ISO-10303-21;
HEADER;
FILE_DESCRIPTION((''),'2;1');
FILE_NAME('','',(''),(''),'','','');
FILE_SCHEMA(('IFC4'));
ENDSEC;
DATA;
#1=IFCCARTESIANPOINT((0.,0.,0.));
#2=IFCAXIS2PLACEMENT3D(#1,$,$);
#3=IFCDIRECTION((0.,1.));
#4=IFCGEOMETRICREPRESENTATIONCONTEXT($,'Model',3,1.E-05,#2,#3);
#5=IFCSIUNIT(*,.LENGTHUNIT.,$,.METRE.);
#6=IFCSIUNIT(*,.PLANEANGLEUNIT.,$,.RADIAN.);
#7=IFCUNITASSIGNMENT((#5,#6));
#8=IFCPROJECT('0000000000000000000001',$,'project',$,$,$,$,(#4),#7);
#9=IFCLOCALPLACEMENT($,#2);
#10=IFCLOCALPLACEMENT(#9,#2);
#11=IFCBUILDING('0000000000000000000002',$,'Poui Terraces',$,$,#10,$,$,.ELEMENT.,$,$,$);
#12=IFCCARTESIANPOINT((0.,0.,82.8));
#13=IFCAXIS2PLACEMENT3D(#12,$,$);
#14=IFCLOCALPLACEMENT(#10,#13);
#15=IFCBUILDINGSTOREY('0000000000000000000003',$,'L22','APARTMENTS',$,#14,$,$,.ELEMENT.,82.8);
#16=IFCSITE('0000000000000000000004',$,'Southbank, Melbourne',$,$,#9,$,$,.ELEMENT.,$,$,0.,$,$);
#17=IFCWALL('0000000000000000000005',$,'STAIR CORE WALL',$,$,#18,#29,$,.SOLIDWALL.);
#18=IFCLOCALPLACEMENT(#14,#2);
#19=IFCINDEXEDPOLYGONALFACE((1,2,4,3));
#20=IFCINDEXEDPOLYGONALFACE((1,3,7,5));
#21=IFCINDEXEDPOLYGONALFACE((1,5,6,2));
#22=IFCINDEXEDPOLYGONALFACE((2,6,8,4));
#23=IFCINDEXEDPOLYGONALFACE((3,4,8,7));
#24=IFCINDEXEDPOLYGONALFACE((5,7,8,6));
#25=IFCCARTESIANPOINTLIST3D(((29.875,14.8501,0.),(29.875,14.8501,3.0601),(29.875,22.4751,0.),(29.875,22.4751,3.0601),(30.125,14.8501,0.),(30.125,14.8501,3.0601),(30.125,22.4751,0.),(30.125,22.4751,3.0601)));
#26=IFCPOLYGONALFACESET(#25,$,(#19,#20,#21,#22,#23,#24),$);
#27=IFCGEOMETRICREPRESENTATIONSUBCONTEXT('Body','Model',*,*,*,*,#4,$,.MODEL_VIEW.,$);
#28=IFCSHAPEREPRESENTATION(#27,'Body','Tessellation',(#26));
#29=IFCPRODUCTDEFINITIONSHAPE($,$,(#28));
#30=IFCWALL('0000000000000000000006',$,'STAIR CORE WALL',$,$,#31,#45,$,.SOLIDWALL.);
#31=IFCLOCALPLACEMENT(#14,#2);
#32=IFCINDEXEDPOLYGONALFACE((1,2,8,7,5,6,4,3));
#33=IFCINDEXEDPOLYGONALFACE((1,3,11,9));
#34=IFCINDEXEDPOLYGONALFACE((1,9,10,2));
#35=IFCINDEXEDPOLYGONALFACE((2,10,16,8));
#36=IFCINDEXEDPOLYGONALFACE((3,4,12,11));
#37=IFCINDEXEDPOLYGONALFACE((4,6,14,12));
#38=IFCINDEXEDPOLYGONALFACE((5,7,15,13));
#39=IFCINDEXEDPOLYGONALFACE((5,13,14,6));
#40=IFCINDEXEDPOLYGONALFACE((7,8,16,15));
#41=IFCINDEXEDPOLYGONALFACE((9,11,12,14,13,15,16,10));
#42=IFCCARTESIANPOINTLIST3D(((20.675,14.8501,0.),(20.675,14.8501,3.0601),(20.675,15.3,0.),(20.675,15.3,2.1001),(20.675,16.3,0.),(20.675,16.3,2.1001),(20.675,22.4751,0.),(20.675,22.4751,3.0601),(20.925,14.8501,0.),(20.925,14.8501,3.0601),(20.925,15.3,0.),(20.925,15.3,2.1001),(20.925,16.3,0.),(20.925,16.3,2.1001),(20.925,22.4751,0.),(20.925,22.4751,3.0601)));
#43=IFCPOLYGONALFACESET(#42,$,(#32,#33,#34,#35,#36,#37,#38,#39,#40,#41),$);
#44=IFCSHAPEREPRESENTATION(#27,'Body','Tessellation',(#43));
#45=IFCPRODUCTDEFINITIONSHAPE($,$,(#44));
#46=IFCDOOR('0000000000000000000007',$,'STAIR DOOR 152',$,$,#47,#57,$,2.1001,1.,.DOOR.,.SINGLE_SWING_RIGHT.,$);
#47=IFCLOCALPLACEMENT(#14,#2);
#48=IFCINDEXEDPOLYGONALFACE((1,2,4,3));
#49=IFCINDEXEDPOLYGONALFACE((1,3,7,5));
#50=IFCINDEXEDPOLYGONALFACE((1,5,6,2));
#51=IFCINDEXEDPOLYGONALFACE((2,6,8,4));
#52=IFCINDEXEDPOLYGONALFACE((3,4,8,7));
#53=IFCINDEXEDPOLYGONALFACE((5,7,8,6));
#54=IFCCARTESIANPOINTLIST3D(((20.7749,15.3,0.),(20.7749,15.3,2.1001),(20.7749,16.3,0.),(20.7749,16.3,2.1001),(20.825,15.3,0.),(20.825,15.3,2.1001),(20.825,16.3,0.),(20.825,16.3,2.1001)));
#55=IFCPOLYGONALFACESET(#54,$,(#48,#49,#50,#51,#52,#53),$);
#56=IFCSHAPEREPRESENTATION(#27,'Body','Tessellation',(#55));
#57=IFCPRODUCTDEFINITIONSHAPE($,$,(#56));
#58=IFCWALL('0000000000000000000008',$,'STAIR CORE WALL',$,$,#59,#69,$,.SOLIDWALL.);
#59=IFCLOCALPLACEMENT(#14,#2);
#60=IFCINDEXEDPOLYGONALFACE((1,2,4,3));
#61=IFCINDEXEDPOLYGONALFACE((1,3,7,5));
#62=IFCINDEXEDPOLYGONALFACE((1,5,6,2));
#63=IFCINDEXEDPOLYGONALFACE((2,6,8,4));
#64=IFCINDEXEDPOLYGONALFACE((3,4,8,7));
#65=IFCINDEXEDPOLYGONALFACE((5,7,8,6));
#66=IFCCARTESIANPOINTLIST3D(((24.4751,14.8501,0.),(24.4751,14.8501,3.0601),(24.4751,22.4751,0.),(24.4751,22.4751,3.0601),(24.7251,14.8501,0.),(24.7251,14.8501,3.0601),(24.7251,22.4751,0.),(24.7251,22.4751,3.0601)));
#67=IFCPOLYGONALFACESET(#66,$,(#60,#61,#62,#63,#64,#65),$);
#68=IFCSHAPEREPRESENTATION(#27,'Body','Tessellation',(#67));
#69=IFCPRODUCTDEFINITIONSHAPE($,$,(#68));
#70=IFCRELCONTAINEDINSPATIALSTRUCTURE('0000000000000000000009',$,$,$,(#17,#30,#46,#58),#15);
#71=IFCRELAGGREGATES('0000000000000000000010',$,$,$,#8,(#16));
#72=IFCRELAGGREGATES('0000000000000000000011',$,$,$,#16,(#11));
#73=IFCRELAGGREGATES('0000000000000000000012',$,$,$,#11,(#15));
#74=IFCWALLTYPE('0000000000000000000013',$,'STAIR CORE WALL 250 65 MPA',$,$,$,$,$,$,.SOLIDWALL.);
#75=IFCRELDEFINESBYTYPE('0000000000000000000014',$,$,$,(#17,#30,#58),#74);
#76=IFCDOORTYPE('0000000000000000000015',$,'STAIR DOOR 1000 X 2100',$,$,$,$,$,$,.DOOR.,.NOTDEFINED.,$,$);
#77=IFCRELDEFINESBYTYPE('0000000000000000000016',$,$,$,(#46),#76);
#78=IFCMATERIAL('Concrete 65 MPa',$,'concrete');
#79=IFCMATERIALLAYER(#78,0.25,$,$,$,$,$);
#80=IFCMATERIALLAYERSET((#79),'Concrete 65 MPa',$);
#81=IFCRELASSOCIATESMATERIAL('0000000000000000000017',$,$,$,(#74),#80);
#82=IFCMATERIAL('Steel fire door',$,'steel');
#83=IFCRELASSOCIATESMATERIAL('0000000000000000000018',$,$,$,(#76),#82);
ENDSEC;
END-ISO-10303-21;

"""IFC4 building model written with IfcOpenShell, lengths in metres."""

from ifc_helpers import new_model, si_unit, direction, frame, frame_2d, origin, place, context, subcontext, project, spatial, rectangle, extrude, material, layer, layer_set, type_object, element, fill, save


model = new_model("IFC4")

# Units and contexts
model_context = context("Model", 3, precision=1e-05, world=origin(), true_north=direction((0.0, 1.0)))
body_context = subcontext(model_context, "Body", "Model", "MODEL_VIEW")
ifc_project = project(units=[si_unit("LENGTHUNIT", "METRE"), si_unit("PLANEANGLEUNIT", "RADIAN")], contexts=[model_context])

# Site, building, storey
site_placement = place(None, origin())
site = spatial("IfcSite", under=ifc_project, at=site_placement, Name="Southbank, Melbourne", CompositionType="ELEMENT", RefElevation=0.0)
building_placement = place(site_placement, origin())
building = spatial("IfcBuilding", under=site, at=building_placement, Name="Poui Terraces", CompositionType="ELEMENT")
storey_placement = place(building_placement, frame((0.0, 0.0, 82.8)))
storey = spatial("IfcBuildingStorey", under=building, at=storey_placement, Name="L22", Description="APARTMENTS", CompositionType="ELEMENT", Elevation=82.8)

# Shared definitions
ifc_material_1 = material(Name="Concrete 65 MPa", Category="concrete")

# Shared definitions
ifc_material_2 = material(Name="Steel fire door", Category="steel")

# Wall
ifc_layer_1 = layer(ifc_material_1, 0.25)
ifc_layer_set_1 = layer_set([ifc_layer_1], Name="Concrete 65 MPa")
wall_type_1 = type_object("IfcWallType", Name="STAIR CORE WALL 250 65 MPA", PredefinedType="SOLIDWALL", material=ifc_layer_set_1)
wall_1_placement = place(storey_placement, frame((30.0, 14.8501, 0.0), z_axis=(0.0, 0.0, 1.0), x_axis=(0.0, 1.0, 0.0)))
element("IfcWall", 1, at=wall_1_placement, inside=storey, type_object=wall_type_1, Name="STAIR CORE WALL", PredefinedType="SOLIDWALL", context=body_context, shape_type="SweptSolid", body=[
    extrude(rectangle(XDim=7.625, YDim=0.25, at=frame_2d((3.8125, 0.0))), origin(), (0.0, 0.0, 1.0), 3.0601),
])

# Wall, opening, door
wall_2_placement = place(storey_placement, frame((20.8, 14.8501, 0.0), z_axis=(0.0, 0.0, 1.0), x_axis=(0.0, 1.0, 0.0)))
wall_2 = element("IfcWall", 2, at=wall_2_placement, inside=storey, type_object=wall_type_1, Name="STAIR CORE WALL", PredefinedType="SOLIDWALL", context=body_context, shape_type="SweptSolid", body=[
    extrude(rectangle(XDim=7.625, YDim=0.25, at=frame_2d((3.8125, 0.0))), origin(), (0.0, 0.0, 1.0), 3.0601),
])
opening_1_placement = place(wall_2_placement, frame((0.45, 0.0, 0.0)))
opening_1 = element("IfcOpeningElement", 3, at=opening_1_placement, cuts=wall_2, PredefinedType="OPENING", context=body_context, shape_type="SweptSolid", body=[
    extrude(rectangle(XDim=1.0, YDim=2.1001, at=frame_2d((0.5, 1.05))), frame((0.0, 0.135, 0.0), z_axis=(0.0, -1.0, 0.0), x_axis=(1.0, 0.0, 0.0)), (0.0, 0.0, 1.0), 0.27),
])
door_type_1 = type_object("IfcDoorType", Name="STAIR DOOR 1000 X 2100", OperationType="NOTDEFINED", PredefinedType="DOOR", material=ifc_material_2)
door_1_placement = place(opening_1_placement, frame((1.0, 0.0, 0.0), z_axis=(0.0, 0.0, 1.0), x_axis=(-1.0, 0.0, 0.0)))
door_1 = element("IfcDoor", 4, at=door_1_placement, inside=storey, type_object=door_type_1, Name="STAIR DOOR 152", OperationType="SINGLE_SWING_RIGHT", OverallHeight=2.1001, OverallWidth=1.0, PredefinedType="DOOR", context=body_context, shape_type="SweptSolid", body=[
    extrude(rectangle(XDim=1.0, YDim=2.1001, at=frame_2d((0.5, 1.05))), frame((0.0, 0.0249, 0.0), z_axis=(0.0, -1.0, 0.0), x_axis=(1.0, 0.0, 0.0)), (0.0, 0.0, 1.0), 0.05),
])
fill(opening_1, door_1)

# Wall
wall_3_placement = place(storey_placement, frame((24.6001, 14.8501, 0.0), z_axis=(0.0, 0.0, 1.0), x_axis=(0.0, 1.0, 0.0)))
element("IfcWall", 5, at=wall_3_placement, inside=storey, type_object=wall_type_1, Name="STAIR CORE WALL", PredefinedType="SOLIDWALL", context=body_context, shape_type="SweptSolid", body=[
    extrude(rectangle(XDim=7.625, YDim=0.25, at=frame_2d((3.8125, 0.0))), origin(), (0.0, 0.0, 1.0), 3.0601),
])

save(model, "model.ifc")
